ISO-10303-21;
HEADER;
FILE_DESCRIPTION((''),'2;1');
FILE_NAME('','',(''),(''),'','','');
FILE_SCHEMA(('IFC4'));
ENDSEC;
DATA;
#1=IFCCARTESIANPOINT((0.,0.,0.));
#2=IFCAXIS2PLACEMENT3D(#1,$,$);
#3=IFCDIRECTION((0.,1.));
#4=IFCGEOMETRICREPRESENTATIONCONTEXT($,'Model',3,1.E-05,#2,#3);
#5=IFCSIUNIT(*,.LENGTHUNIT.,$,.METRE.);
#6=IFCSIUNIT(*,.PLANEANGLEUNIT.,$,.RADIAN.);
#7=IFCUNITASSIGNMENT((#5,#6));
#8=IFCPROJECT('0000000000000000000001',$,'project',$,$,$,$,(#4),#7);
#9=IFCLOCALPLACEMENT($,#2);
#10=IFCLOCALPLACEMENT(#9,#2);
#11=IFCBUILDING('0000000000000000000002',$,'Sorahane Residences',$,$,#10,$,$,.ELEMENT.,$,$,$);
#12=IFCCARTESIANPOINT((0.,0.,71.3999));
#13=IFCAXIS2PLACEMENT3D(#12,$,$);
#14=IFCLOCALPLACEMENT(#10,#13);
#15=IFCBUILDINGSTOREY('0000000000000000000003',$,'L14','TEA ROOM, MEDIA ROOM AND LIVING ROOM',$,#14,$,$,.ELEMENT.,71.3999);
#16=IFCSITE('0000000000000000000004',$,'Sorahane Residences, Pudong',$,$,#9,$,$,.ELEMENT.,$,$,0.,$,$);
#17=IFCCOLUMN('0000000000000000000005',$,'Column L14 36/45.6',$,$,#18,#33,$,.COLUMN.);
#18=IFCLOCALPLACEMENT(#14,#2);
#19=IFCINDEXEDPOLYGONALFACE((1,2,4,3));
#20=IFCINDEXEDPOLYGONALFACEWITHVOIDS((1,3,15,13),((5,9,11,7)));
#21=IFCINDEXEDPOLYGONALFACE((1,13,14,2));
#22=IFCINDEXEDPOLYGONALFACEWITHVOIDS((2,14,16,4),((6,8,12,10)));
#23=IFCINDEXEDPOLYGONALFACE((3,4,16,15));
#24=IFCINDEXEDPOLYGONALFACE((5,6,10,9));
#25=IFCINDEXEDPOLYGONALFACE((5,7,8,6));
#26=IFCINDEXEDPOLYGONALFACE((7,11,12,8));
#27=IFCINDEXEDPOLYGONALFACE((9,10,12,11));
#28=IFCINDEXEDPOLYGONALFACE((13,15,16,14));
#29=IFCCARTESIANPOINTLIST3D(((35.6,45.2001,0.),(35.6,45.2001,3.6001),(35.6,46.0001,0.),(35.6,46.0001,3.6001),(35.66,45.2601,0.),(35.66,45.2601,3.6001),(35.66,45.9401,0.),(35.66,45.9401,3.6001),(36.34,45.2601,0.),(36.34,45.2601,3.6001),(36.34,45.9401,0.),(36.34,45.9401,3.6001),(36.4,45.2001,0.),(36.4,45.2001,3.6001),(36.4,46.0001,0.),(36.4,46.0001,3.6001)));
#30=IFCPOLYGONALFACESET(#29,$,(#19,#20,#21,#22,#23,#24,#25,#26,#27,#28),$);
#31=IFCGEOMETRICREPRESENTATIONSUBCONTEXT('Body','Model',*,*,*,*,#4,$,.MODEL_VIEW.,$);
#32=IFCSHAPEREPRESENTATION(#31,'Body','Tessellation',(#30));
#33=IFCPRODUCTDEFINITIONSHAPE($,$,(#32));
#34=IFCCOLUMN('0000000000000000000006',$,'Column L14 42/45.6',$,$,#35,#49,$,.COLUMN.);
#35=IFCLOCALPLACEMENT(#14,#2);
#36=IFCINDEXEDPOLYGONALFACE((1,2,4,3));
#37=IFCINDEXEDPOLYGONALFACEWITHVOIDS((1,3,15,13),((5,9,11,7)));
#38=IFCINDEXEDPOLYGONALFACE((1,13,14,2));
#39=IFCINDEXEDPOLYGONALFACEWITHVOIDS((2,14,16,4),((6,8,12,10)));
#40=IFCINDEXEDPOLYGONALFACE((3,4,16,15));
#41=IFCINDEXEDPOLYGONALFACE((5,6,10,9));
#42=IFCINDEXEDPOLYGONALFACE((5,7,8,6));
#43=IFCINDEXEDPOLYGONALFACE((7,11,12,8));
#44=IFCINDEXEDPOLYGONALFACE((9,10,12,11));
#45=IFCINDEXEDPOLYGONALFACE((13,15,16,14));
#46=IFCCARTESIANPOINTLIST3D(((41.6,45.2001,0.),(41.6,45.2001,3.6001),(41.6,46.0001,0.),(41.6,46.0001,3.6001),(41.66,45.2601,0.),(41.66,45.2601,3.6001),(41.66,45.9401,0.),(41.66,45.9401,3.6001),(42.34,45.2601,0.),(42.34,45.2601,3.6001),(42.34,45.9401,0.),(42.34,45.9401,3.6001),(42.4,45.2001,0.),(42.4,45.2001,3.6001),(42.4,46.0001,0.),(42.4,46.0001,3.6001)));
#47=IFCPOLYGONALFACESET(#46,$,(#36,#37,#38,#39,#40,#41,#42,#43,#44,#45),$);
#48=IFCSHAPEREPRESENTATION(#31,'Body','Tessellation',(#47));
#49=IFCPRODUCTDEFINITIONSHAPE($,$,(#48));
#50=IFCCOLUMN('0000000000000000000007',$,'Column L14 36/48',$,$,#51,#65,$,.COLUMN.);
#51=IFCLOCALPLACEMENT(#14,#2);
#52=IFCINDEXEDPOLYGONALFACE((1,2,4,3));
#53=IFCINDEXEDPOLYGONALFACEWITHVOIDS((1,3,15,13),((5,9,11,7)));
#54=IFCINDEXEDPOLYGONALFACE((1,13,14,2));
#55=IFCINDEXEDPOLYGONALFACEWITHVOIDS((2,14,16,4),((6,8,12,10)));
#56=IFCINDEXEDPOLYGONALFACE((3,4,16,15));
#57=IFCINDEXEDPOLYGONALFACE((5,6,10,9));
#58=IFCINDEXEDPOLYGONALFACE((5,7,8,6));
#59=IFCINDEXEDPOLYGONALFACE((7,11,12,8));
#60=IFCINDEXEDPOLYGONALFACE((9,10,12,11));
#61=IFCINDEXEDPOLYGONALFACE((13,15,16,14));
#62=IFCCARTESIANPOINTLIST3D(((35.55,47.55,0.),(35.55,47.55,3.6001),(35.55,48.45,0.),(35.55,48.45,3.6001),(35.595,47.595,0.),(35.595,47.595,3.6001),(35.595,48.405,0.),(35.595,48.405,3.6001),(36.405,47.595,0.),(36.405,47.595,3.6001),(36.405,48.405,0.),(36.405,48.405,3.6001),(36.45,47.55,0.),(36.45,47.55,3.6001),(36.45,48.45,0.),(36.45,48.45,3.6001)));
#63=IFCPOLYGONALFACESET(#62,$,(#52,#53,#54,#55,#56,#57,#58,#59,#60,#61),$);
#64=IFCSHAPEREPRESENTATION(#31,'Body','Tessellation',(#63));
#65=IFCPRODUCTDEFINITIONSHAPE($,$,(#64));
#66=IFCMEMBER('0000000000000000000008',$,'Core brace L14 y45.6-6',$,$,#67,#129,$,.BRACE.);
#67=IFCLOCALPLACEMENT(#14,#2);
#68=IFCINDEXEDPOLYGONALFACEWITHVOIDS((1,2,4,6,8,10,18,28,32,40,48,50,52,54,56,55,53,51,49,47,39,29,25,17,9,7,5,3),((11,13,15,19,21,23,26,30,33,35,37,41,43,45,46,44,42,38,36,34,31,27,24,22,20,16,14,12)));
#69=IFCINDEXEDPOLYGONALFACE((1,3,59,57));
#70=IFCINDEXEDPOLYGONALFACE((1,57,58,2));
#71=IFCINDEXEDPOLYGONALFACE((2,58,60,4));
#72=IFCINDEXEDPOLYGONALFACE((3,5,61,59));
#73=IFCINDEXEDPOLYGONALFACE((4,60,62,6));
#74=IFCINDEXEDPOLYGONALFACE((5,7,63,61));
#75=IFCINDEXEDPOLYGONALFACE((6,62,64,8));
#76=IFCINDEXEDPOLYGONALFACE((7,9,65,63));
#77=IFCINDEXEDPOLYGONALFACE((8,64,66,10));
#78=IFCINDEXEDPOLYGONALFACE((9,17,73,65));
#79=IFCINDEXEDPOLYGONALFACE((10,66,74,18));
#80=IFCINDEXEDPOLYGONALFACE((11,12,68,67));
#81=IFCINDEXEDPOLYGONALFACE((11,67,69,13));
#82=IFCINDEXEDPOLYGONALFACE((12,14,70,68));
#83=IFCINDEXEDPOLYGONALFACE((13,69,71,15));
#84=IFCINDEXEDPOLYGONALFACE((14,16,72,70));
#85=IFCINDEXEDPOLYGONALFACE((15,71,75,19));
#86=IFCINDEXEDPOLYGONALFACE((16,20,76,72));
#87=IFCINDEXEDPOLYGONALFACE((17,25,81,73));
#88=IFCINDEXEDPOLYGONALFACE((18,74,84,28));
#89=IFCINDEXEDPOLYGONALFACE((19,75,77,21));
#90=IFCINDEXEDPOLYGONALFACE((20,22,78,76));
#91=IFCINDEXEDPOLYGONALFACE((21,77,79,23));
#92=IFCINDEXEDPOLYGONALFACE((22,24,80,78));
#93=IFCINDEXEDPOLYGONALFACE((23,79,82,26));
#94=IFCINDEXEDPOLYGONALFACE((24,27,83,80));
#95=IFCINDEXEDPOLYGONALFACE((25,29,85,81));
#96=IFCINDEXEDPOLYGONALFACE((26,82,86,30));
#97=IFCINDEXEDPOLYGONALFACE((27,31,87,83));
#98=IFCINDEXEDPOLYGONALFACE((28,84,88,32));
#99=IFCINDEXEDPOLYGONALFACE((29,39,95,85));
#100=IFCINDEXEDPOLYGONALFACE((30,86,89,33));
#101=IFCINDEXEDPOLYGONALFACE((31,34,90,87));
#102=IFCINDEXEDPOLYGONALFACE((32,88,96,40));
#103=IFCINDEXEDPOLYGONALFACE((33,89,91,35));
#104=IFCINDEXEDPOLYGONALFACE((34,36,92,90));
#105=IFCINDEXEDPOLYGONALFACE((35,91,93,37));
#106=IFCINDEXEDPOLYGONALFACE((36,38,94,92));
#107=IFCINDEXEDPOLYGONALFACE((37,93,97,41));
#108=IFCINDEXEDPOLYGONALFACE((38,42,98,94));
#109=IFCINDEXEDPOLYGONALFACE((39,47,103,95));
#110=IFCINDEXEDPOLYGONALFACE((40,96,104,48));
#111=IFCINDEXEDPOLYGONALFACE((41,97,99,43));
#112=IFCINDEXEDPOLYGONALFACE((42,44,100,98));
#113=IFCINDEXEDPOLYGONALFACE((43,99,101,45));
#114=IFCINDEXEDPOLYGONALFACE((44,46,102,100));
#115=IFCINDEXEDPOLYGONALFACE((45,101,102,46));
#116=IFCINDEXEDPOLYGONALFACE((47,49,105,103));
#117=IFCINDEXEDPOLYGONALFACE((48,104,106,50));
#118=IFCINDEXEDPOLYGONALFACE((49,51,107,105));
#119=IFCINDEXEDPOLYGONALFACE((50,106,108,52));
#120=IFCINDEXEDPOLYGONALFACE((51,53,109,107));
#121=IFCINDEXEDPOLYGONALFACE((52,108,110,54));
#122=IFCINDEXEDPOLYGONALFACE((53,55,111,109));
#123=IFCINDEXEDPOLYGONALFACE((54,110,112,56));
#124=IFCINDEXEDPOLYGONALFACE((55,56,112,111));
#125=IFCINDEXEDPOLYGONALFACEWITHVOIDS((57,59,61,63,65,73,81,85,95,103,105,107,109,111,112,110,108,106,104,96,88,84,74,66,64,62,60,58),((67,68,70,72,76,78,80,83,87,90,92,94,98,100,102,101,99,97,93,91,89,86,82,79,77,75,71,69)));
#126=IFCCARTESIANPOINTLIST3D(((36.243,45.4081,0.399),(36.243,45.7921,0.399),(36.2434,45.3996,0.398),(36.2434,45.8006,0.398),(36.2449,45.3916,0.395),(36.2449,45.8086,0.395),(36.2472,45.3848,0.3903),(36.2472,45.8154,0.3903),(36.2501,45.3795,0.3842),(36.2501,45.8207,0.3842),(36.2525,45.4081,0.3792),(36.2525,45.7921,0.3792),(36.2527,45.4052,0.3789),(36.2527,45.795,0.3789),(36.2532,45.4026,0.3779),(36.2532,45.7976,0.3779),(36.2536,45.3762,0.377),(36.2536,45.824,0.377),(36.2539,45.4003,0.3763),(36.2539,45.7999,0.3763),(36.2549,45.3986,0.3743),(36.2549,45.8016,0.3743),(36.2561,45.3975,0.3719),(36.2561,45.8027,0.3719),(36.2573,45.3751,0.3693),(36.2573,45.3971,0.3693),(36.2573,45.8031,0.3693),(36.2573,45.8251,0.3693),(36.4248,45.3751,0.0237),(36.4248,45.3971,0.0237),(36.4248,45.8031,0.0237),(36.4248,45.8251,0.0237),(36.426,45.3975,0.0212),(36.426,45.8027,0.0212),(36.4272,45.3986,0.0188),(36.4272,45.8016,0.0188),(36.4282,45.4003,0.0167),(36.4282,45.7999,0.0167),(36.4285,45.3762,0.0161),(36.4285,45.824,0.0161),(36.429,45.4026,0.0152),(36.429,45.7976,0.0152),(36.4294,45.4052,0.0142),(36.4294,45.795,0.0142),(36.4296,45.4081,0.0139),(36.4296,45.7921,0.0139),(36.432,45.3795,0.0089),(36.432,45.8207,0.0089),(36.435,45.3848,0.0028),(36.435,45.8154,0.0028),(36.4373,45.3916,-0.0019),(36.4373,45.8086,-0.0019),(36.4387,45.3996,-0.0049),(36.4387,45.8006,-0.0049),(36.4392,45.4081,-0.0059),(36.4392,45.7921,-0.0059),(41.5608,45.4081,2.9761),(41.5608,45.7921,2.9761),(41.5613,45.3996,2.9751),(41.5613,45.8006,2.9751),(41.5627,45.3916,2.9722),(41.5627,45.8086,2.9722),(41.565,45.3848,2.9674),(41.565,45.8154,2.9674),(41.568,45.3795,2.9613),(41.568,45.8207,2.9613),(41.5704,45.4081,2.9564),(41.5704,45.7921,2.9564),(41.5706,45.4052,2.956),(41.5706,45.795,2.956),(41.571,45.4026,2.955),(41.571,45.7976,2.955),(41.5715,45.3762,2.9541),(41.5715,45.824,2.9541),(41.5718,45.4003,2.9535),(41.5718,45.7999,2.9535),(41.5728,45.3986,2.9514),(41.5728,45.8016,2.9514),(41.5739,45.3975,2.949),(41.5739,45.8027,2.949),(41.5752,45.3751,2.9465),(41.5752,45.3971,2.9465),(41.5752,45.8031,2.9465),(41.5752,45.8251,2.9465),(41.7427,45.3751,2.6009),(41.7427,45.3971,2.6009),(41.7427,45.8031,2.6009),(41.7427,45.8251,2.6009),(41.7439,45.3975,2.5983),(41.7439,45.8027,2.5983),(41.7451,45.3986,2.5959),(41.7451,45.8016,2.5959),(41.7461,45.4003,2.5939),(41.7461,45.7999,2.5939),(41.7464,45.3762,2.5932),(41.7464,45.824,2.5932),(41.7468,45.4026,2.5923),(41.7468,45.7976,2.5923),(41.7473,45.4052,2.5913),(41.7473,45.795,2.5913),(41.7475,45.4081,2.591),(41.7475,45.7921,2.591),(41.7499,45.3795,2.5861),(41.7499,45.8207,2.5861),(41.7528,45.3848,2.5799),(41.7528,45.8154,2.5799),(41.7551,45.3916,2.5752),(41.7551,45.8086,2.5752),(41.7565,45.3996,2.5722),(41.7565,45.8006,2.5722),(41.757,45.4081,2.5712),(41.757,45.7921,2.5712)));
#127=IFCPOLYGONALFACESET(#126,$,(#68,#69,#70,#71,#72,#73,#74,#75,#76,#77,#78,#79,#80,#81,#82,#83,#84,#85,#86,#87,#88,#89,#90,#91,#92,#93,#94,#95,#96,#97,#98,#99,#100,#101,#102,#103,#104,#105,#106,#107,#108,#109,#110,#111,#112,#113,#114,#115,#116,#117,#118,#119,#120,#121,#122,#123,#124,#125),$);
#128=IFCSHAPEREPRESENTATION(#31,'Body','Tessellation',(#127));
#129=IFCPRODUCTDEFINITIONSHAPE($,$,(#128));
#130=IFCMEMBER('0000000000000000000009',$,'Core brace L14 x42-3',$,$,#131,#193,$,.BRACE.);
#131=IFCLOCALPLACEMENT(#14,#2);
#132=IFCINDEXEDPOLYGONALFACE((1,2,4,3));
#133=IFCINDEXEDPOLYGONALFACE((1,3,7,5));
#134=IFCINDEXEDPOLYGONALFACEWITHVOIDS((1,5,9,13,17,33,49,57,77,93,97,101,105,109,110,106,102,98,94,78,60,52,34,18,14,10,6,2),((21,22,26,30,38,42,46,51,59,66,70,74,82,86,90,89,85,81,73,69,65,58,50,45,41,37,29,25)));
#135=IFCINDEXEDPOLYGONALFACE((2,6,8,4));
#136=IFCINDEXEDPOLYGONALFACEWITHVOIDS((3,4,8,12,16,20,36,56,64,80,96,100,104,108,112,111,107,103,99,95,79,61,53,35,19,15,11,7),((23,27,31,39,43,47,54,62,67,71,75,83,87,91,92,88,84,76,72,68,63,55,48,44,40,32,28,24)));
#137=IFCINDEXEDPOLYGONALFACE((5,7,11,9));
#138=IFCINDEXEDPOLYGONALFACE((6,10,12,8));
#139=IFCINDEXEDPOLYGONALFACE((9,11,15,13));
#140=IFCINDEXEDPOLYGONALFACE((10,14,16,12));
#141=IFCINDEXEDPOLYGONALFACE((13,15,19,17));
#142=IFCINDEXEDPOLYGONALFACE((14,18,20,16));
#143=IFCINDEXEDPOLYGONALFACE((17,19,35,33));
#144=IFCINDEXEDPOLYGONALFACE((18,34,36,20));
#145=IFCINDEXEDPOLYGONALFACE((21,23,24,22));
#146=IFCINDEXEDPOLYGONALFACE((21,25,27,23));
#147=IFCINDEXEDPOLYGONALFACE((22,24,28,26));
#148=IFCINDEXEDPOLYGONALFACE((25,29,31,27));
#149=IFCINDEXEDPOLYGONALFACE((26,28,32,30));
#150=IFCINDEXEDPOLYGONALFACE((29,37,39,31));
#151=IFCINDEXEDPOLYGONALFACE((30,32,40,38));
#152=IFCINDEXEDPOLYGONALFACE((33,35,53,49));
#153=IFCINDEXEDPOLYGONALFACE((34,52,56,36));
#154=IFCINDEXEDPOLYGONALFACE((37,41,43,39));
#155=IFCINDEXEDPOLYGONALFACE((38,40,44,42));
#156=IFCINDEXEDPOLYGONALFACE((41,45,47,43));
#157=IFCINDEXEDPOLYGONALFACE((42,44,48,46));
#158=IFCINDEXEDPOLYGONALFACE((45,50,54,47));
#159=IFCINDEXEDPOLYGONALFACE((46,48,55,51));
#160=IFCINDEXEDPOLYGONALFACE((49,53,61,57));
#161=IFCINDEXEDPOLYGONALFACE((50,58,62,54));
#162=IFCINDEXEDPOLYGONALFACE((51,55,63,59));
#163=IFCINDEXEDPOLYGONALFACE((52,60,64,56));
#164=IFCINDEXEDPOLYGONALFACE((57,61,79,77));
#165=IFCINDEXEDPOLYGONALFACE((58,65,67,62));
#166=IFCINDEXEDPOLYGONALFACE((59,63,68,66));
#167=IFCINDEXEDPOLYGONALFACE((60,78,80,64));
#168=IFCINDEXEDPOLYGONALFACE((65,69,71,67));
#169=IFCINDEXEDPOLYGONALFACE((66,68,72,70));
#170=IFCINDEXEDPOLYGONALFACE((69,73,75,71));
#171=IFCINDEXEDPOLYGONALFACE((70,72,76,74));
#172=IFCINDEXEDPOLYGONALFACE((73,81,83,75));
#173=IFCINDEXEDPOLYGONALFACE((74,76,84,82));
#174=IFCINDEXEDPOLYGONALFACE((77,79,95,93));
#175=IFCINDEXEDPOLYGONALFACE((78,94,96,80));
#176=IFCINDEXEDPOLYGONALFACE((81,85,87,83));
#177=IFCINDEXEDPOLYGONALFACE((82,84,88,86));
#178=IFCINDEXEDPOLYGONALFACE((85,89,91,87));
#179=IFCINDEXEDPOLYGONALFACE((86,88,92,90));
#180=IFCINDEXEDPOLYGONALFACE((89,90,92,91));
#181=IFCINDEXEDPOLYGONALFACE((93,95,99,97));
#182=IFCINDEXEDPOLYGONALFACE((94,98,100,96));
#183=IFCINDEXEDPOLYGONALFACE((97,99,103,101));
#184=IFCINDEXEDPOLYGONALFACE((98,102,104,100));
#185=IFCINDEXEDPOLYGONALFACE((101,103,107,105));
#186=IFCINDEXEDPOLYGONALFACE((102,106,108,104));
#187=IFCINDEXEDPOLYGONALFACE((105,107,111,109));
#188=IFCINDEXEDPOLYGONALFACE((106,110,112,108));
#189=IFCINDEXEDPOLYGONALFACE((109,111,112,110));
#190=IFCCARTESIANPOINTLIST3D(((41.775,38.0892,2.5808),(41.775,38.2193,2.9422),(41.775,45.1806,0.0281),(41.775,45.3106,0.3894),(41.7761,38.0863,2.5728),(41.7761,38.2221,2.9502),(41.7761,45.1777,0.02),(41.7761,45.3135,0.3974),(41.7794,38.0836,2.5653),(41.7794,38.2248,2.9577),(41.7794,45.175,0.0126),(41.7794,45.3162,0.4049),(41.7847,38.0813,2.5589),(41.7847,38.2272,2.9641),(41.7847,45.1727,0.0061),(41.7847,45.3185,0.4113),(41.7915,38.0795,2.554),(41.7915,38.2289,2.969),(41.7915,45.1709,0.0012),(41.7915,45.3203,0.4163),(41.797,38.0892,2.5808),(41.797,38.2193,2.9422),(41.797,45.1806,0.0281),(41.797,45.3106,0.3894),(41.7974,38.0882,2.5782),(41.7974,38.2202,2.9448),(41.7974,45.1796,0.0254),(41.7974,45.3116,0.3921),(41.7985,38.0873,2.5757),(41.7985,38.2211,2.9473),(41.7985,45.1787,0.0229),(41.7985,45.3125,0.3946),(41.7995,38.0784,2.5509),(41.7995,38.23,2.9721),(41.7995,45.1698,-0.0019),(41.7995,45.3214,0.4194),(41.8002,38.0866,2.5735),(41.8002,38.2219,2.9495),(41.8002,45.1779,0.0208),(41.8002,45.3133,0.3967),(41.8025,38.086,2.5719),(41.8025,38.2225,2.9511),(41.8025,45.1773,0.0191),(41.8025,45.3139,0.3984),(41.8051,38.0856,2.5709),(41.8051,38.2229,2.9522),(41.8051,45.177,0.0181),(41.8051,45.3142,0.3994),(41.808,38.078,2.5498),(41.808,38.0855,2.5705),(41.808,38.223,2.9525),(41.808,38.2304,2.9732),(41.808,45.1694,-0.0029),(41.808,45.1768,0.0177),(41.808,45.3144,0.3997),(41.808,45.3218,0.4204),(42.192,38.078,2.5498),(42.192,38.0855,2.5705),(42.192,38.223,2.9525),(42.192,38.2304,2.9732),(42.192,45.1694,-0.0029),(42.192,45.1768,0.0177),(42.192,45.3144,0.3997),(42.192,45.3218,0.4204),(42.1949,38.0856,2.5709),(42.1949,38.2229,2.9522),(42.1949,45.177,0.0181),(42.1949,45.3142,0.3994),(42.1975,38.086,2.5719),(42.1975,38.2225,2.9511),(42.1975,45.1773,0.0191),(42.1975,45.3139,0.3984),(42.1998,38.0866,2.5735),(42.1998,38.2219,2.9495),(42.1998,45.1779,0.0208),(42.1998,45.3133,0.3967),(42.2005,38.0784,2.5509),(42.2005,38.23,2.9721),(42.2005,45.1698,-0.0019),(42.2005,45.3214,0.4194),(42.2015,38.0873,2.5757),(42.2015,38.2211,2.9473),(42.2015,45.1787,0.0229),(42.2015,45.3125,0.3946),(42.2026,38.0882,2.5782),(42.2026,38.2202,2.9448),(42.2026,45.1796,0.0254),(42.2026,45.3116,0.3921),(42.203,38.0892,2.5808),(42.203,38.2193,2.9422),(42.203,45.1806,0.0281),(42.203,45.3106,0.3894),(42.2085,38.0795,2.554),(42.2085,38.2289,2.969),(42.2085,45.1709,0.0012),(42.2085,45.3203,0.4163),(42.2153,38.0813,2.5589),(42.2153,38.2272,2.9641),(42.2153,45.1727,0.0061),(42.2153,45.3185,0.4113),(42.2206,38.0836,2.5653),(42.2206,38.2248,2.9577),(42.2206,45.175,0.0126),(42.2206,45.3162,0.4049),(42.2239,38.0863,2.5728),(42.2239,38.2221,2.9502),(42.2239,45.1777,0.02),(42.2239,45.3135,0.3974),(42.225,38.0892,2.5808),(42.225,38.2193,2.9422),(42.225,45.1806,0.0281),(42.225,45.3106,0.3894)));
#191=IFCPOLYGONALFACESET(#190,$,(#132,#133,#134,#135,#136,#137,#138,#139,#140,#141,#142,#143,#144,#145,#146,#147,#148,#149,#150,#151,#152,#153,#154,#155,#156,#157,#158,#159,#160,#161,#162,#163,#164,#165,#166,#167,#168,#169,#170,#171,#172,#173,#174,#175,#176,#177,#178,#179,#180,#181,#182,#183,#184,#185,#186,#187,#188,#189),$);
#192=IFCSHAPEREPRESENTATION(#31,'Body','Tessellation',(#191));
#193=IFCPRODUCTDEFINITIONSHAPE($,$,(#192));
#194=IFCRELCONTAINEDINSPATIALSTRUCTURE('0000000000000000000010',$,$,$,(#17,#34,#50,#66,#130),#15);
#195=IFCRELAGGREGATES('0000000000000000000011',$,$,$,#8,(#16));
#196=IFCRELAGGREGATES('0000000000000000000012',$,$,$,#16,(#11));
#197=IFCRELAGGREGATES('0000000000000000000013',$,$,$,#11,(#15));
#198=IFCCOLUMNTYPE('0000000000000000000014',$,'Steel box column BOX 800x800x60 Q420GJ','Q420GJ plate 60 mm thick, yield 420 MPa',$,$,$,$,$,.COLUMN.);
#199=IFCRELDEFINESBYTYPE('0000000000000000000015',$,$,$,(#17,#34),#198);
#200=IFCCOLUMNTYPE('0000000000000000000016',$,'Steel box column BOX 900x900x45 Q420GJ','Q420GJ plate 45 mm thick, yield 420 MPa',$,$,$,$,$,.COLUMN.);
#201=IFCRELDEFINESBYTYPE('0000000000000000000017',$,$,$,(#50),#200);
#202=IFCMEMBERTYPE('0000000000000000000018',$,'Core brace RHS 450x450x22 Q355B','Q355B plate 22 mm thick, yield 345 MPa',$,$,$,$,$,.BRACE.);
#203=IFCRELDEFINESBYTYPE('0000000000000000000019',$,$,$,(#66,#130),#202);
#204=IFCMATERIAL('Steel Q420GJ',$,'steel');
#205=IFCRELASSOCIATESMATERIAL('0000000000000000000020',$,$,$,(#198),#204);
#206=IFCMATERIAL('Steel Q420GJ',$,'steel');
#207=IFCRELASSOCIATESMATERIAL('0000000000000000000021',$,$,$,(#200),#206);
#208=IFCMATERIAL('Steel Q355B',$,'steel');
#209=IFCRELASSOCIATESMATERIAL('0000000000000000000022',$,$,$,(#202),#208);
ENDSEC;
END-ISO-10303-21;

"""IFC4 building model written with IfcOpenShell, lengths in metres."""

from ifc_helpers import new_model, si_unit, direction, frame, origin, origin_2d, place, context, subcontext, project, spatial, hollow_rectangle, extrude, material, material_profile, profile_set, type_object, element, save


model = new_model("IFC4")

# Units and contexts
model_context = context("Model", 3, precision=1e-05, world=origin(), true_north=direction((0.0, 1.0)))
body_context = subcontext(model_context, "Body", "Model", "MODEL_VIEW")
ifc_project = project(units=[si_unit("LENGTHUNIT", "METRE"), si_unit("PLANEANGLEUNIT", "RADIAN")], contexts=[model_context])

# Site, building, storey
site_placement = place(None, origin())
site = spatial("IfcSite", under=ifc_project, at=site_placement, Name="Sorahane Residences, Pudong", CompositionType="ELEMENT", RefElevation=0.0)
building_placement = place(site_placement, origin())
building = spatial("IfcBuilding", under=site, at=building_placement, Name="Sorahane Residences", CompositionType="ELEMENT")
storey_placement = place(building_placement, frame((0.0, 0.0, 71.3999)))
storey = spatial("IfcBuildingStorey", under=building, at=storey_placement, Name="L14", Description="TEA ROOM, MEDIA ROOM AND LIVING ROOM", CompositionType="ELEMENT", Elevation=71.3999)

# Columns
ifc_material_1 = material(Name="Steel Q420GJ", Category="steel")
ifc_material_profile_1 = material_profile(ifc_material_1, hollow_rectangle(XDim=0.8, YDim=0.8, WallThickness=0.0601, at=origin_2d()), Name="BOX 800x800x60")
ifc_profile_set_1 = profile_set([ifc_material_profile_1], Name="Steel Q420GJ")
column_type_1 = type_object("IfcColumnType", Name="Steel box column BOX 800x800x60 Q420GJ", Description="Q420GJ plate 60 mm thick, yield 420 MPa", PredefinedType="COLUMN", material=ifc_profile_set_1)
for number, where, z_axis, x_axis, name in (
    (1, (36.0, 45.6001, 0.0), (0.0, 0.0, 1.0), (1.0, 0.0, 0.0), "Column L14 36/45.6"),
    (2, (42.0, 45.6001, 0.0), (0.0, 0.0, 1.0), (1.0, 0.0, 0.0), "Column L14 42/45.6"),
):
    element("IfcColumn", number, at=place(storey_placement, frame(where, z_axis=z_axis, x_axis=x_axis)), inside=storey, type_object=column_type_1, Name=name, PredefinedType="COLUMN", context=body_context, shape_type="SweptSolid", body=[
        extrude(hollow_rectangle(XDim=0.8, YDim=0.8, WallThickness=0.0601, at=origin_2d()), origin(), (0.0, 0.0, 1.0), 3.6001),
    ])
ifc_material_2 = material(Name="Steel Q420GJ", Category="steel")
ifc_material_profile_2 = material_profile(ifc_material_2, hollow_rectangle(XDim=0.8999, YDim=0.8999, WallThickness=0.0449, at=origin_2d()), Name="BOX 900x900x45")
ifc_profile_set_2 = profile_set([ifc_material_profile_2], Name="Steel Q420GJ")
column_type_2 = type_object("IfcColumnType", Name="Steel box column BOX 900x900x45 Q420GJ", Description="Q420GJ plate 45 mm thick, yield 420 MPa", PredefinedType="COLUMN", material=ifc_profile_set_2)
column_placement = place(storey_placement, frame((36.0, 48.0, 0.0), z_axis=(0.0, 0.0, 1.0), x_axis=(1.0, 0.0, 0.0)))
element("IfcColumn", 3, at=column_placement, inside=storey, type_object=column_type_2, Name="Column L14 36/48", PredefinedType="COLUMN", context=body_context, shape_type="SweptSolid", body=[
    extrude(hollow_rectangle(XDim=0.8999, YDim=0.8999, WallThickness=0.0449, at=origin_2d()), origin(), (0.0, 0.0, 1.0), 3.6001),
])

# Members
ifc_material_3 = material(Name="Steel Q355B", Category="steel")
ifc_material_profile_3 = material_profile(ifc_material_3, hollow_rectangle(XDim=0.45, YDim=0.45, WallThickness=0.022, InnerFilletRadius=0.011, OuterFilletRadius=0.033, at=origin_2d()), Name="RHS 450x450x22")
ifc_profile_set_3 = profile_set([ifc_material_profile_3], Name="Steel Q355B")
member_type_1 = type_object("IfcMemberType", Name="Core brace RHS 450x450x22 Q355B", Description="Q355B plate 22 mm thick, yield 345 MPa", PredefinedType="BRACE", material=ifc_profile_set_3)
member_1_placement = place(storey_placement, frame((36.3411, 45.6001, 0.1965), z_axis=(0.899895, 0.0, 0.436107), x_axis=(0.0, 1.0, 0.0)))
element("IfcMember", 4, at=member_1_placement, inside=storey, type_object=member_type_1, Name="Core brace L14 y45.6-6", PredefinedType="BRACE", context=body_context, shape_type="SweptSolid", body=[
    extrude(hollow_rectangle(XDim=0.45, YDim=0.45, WallThickness=0.022, InnerFilletRadius=0.011, OuterFilletRadius=0.033, at=origin_2d()), origin(), (0.0, 0.0, 1.0), 5.9094),
])
member_2_placement = place(storey_placement, frame((42.0, 45.2456, 0.2087), z_axis=(0.0, -0.940893, 0.338703), x_axis=(1.0, 0.0, 0.0)))
element("IfcMember", 5, at=member_2_placement, inside=storey, type_object=member_type_1, Name="Core brace L14 x42-3", PredefinedType="BRACE", context=body_context, shape_type="SweptSolid", body=[
    extrude(hollow_rectangle(XDim=0.45, YDim=0.45, WallThickness=0.022, InnerFilletRadius=0.011, OuterFilletRadius=0.033, at=origin_2d()), origin(), (0.0, 0.0, 1.0), 7.5369),
])

save(model, "model.ifc")
